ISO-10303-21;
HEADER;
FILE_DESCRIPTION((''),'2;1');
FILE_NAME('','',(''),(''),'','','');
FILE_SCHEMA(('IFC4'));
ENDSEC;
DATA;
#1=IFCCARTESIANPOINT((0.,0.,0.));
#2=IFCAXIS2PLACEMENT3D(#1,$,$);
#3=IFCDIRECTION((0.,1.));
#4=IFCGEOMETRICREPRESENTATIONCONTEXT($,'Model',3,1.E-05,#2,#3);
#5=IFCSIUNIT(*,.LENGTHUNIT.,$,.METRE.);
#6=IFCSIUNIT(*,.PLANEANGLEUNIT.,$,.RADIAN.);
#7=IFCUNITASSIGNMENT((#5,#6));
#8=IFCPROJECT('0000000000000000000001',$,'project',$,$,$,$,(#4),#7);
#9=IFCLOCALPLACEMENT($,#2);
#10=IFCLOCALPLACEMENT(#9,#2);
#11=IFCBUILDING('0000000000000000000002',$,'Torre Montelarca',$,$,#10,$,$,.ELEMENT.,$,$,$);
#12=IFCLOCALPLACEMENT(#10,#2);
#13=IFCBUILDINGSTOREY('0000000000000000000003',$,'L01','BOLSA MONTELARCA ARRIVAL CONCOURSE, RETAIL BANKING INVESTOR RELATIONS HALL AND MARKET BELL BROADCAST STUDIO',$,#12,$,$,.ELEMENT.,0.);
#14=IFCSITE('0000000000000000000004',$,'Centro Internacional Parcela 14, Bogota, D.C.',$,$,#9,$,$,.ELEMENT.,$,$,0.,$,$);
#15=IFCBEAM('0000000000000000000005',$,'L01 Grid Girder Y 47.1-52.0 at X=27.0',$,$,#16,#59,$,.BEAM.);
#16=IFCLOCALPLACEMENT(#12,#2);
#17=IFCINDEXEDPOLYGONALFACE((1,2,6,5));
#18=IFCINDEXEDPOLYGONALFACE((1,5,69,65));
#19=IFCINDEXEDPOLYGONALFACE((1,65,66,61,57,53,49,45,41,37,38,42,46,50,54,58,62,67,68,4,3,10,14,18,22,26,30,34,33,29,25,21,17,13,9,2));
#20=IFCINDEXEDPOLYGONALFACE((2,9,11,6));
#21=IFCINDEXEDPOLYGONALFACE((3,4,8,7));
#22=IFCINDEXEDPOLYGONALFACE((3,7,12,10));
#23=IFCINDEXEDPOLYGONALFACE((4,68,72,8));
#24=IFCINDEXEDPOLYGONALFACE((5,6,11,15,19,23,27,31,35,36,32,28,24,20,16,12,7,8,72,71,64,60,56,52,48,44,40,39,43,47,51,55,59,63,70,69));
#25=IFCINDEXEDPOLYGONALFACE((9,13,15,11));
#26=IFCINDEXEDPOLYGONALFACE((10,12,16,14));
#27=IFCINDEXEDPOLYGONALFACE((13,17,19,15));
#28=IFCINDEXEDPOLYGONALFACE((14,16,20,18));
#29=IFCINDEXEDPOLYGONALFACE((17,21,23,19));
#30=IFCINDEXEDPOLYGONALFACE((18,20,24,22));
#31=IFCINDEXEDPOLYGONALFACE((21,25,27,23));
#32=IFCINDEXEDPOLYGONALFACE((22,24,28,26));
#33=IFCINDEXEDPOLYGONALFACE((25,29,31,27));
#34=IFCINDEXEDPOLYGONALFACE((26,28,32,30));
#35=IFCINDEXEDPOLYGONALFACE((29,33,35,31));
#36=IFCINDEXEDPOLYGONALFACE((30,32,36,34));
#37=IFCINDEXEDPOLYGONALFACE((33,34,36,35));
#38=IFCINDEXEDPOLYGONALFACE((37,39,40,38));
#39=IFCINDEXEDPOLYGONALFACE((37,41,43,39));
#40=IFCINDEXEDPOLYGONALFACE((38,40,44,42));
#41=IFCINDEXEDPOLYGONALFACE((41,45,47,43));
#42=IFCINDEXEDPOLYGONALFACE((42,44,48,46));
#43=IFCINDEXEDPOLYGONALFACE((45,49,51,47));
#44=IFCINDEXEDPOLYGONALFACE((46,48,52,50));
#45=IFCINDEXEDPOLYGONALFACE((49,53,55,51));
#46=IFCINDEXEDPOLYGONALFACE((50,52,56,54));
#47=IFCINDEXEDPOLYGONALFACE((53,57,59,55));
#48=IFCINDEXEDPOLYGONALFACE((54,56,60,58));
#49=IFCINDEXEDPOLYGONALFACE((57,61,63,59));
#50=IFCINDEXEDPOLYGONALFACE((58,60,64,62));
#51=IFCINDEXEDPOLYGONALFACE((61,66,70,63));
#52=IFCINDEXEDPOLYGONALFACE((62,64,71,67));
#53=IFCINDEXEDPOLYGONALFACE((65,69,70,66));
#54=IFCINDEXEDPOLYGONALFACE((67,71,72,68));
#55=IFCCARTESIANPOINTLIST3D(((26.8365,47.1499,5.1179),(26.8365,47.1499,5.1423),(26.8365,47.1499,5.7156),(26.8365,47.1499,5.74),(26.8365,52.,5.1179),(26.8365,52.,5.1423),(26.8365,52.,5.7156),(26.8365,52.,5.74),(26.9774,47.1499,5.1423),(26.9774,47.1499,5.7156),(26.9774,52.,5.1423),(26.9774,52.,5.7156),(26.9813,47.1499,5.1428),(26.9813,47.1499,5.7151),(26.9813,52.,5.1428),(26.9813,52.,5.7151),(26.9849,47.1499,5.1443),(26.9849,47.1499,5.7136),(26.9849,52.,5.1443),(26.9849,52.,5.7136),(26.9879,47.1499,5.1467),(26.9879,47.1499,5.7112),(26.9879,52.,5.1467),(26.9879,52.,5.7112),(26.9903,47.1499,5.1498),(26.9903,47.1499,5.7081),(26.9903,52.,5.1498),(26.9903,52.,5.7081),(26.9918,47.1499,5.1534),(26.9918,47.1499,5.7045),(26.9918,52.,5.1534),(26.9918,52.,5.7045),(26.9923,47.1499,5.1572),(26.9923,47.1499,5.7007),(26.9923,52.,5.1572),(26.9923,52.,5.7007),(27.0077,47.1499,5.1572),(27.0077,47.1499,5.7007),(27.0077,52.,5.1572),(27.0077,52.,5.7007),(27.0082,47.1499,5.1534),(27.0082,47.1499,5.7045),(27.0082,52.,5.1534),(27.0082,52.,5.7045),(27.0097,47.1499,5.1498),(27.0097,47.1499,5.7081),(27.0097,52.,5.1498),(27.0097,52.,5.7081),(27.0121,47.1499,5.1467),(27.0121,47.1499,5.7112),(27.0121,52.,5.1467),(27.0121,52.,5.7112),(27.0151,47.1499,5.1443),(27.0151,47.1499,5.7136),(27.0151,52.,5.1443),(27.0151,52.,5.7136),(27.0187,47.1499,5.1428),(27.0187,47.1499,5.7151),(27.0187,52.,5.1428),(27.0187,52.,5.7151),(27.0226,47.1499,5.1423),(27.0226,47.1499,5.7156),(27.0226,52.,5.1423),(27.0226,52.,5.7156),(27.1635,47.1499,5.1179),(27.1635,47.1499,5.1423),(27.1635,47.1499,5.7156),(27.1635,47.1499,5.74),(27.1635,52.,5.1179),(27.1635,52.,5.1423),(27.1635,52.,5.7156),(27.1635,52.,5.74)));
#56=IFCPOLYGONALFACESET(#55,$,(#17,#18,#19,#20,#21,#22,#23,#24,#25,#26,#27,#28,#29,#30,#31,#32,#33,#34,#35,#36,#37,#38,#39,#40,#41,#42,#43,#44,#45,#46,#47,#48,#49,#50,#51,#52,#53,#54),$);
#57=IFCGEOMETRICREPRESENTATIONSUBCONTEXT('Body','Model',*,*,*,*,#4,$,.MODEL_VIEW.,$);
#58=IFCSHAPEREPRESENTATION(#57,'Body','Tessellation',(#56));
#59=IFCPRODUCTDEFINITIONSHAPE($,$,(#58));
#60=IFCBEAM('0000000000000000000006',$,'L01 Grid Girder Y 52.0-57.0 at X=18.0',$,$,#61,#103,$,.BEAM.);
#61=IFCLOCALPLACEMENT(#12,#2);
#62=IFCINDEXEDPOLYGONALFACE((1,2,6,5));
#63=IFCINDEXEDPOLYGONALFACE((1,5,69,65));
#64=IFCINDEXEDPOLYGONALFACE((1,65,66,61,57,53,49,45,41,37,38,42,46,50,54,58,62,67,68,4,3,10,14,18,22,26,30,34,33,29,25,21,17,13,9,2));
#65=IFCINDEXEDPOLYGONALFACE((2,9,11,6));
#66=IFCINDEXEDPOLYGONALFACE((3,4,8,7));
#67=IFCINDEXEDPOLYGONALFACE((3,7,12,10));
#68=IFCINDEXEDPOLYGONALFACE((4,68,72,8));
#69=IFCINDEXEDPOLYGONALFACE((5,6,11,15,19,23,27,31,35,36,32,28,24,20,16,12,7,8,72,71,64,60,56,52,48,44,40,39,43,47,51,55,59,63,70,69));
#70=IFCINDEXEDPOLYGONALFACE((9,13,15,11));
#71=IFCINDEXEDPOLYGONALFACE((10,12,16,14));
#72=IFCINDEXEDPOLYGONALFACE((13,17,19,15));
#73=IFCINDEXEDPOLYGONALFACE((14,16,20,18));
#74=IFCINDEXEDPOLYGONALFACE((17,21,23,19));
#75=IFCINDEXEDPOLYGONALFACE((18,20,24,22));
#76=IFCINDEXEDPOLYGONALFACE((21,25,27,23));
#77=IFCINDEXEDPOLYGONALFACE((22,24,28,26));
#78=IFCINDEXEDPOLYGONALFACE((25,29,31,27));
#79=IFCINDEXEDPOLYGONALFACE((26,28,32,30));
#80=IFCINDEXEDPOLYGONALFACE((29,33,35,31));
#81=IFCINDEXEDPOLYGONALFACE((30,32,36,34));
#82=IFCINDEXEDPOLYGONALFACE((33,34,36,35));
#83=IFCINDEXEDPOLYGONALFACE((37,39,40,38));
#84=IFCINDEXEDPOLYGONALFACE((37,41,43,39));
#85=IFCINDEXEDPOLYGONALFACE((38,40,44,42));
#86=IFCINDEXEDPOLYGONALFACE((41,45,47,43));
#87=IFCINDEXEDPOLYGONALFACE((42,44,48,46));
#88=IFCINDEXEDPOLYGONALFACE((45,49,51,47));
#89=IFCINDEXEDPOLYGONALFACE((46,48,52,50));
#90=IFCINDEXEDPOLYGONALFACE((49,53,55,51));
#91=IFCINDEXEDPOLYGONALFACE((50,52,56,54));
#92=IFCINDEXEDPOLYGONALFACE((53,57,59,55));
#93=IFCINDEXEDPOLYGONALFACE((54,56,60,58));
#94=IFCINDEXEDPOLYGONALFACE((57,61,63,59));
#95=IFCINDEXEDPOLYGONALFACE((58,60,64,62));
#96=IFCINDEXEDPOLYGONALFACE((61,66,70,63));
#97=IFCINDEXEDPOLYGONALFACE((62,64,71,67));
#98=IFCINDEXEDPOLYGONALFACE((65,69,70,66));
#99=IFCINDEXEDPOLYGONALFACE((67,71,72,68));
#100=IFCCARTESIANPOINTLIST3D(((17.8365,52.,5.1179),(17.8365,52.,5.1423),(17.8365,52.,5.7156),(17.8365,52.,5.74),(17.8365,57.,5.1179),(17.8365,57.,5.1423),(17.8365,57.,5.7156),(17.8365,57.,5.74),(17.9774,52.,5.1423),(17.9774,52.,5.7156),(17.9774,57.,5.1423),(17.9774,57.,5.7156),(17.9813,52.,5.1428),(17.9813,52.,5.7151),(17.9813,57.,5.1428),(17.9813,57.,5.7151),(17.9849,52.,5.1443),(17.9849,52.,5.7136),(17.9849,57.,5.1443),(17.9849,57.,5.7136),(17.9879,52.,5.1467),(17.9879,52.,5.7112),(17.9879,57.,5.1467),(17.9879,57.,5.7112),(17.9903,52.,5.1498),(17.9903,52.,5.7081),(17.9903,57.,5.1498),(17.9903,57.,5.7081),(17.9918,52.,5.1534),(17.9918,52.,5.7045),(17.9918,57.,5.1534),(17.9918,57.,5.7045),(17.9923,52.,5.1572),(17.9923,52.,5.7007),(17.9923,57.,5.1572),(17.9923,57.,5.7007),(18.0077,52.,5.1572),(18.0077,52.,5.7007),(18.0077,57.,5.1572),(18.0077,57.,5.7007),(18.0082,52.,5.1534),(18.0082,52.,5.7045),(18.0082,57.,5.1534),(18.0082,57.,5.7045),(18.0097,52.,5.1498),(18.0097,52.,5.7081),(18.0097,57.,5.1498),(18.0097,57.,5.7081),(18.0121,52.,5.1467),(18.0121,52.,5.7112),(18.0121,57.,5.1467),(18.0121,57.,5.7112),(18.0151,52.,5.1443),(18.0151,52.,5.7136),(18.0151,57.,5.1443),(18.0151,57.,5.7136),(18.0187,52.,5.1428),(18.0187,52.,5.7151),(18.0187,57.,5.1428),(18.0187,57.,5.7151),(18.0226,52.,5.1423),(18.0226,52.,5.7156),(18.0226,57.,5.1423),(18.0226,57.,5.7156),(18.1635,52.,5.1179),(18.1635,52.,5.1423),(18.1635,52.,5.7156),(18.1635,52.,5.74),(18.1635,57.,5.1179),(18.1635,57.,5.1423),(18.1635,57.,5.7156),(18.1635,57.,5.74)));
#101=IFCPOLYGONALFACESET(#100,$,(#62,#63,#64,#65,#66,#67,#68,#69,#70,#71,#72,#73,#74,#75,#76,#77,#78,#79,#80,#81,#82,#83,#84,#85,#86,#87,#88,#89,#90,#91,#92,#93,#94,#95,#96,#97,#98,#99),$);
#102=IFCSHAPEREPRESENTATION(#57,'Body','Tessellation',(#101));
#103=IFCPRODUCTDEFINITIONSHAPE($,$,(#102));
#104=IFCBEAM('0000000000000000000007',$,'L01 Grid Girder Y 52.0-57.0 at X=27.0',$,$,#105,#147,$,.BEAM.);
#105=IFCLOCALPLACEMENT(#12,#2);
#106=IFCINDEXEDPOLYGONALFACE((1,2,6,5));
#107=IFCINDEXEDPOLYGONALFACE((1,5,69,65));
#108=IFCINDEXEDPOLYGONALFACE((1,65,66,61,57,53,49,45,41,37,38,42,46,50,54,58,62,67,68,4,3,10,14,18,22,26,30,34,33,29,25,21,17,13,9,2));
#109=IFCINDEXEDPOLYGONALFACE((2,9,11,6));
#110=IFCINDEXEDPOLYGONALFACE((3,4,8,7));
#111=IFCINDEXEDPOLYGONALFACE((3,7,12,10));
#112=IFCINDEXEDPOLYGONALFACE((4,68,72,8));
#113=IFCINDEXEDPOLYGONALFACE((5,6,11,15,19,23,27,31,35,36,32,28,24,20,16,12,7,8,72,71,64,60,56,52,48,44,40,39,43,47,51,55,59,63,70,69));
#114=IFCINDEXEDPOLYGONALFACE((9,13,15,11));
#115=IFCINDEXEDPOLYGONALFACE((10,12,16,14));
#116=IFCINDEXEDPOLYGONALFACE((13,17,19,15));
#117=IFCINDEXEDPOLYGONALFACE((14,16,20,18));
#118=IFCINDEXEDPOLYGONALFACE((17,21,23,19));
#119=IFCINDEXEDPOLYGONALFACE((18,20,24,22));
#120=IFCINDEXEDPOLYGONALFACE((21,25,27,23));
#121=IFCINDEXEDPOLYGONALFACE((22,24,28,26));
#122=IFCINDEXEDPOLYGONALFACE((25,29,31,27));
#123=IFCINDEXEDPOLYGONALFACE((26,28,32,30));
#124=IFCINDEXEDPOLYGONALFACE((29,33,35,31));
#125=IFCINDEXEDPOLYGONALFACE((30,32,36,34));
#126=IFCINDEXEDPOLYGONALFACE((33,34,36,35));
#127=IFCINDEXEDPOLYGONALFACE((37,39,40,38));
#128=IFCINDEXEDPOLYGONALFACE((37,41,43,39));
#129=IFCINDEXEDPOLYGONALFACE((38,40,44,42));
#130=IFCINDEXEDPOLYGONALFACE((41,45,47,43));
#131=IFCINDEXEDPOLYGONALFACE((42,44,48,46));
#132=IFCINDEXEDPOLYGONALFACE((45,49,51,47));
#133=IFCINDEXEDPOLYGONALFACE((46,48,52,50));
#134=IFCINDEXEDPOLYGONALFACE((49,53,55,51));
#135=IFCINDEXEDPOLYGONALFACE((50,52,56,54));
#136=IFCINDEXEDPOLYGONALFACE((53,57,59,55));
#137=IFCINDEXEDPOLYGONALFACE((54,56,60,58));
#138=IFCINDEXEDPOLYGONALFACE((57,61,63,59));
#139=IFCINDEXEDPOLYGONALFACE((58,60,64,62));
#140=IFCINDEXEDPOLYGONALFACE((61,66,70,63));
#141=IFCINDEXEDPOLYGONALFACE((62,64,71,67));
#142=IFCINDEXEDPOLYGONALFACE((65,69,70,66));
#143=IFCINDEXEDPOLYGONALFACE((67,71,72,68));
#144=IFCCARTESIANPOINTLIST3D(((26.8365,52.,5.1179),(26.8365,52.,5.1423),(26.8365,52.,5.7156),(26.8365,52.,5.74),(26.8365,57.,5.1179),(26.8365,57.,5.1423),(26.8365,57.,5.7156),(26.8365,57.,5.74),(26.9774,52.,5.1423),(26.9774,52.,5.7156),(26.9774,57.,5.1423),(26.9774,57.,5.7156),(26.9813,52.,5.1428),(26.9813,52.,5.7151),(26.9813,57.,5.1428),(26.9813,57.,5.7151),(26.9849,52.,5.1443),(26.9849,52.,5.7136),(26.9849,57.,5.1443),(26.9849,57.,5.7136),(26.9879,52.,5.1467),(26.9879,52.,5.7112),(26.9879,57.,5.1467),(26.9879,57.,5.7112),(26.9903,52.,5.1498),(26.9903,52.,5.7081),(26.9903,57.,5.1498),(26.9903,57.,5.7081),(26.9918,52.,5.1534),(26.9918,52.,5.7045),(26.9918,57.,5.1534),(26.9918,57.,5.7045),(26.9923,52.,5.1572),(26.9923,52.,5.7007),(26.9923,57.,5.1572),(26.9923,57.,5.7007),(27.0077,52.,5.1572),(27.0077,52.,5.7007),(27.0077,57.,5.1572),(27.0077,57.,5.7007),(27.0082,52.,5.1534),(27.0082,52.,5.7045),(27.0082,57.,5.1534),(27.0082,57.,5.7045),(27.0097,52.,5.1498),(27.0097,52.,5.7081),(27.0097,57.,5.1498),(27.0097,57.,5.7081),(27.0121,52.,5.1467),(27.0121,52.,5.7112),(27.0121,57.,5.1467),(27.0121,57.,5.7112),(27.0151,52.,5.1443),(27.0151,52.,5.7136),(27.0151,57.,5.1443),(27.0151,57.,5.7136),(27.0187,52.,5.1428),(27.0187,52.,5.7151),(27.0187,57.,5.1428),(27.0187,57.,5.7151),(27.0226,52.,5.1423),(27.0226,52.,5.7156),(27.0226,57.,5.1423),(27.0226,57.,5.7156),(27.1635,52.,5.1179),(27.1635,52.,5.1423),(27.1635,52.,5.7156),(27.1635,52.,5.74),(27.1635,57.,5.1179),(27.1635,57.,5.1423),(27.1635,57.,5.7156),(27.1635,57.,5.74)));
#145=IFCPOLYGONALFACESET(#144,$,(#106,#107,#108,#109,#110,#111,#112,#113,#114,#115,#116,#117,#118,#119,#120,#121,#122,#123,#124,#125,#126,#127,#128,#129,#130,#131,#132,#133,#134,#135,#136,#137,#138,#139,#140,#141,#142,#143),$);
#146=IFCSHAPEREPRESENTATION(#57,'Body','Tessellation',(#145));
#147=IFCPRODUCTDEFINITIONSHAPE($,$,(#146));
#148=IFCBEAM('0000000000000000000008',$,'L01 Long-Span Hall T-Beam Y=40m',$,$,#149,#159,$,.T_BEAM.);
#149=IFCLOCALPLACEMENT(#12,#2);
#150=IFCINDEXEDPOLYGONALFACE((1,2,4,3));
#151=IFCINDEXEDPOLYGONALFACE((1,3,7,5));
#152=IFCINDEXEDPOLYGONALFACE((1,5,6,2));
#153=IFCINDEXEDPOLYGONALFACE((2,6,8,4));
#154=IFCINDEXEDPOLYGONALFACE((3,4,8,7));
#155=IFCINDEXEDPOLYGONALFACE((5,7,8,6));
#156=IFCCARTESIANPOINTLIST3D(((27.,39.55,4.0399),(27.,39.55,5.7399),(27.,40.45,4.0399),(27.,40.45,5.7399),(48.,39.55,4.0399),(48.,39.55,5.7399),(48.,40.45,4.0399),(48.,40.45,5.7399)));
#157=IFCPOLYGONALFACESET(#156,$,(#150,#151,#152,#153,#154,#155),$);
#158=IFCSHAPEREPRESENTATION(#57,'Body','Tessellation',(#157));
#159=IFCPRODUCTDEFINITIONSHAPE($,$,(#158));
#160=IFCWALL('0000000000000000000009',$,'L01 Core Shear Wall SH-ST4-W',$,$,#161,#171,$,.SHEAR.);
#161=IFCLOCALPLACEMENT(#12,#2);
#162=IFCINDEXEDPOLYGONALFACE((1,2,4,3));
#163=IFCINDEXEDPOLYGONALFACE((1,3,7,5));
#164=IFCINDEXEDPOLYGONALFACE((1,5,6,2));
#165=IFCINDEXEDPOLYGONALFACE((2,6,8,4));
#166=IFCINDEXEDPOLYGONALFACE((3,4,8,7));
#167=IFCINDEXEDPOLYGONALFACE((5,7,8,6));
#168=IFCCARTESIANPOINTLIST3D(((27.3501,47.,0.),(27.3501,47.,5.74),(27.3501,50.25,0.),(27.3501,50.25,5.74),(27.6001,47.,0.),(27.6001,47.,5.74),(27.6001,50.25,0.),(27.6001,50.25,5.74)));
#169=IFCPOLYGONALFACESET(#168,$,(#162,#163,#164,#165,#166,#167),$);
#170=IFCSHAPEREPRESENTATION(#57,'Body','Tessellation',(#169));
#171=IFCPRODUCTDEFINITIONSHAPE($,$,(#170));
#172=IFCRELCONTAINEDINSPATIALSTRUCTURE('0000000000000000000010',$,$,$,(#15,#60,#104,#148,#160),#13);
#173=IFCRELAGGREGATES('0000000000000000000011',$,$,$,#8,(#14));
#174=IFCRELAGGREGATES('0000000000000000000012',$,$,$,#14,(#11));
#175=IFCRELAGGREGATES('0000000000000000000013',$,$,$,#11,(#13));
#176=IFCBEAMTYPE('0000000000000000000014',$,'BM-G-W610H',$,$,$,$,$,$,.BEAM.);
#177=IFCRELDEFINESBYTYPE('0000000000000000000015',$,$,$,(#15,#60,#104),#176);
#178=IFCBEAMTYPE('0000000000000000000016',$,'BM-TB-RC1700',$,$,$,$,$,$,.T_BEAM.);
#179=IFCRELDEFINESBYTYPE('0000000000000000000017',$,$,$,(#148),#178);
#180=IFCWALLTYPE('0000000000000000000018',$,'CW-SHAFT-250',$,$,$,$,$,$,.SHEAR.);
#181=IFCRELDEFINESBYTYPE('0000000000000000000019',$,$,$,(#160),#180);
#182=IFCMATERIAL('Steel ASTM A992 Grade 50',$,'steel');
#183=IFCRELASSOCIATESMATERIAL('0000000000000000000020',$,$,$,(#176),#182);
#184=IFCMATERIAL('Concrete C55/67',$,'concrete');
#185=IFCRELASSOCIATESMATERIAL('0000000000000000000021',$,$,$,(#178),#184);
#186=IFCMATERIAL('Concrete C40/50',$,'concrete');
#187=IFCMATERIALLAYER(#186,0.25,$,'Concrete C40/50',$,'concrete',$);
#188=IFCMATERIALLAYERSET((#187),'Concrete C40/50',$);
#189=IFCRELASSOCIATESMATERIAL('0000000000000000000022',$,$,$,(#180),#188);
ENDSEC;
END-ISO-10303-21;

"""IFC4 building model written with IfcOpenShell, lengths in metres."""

from ifc_helpers import new_model, si_unit, direction, frame, frame_2d, origin, origin_2d, place, context, subcontext, project, spatial, rectangle, i_section, extrude, source, transform, mapped, material, layer, layer_set, material_profile, profile_set, type_object, element, save


model = new_model("IFC4")

# Units and contexts
model_context = context("Model", 3, precision=1e-05, world=origin(), true_north=direction((0.0, 1.0)))
body_context = subcontext(model_context, "Body", "Model", "MODEL_VIEW")
ifc_project = project(units=[si_unit("LENGTHUNIT", "METRE"), si_unit("PLANEANGLEUNIT", "RADIAN")], contexts=[model_context])

# Site, building, storey
site_placement = place(None, origin())
site = spatial("IfcSite", under=ifc_project, at=site_placement, Name="Centro Internacional Parcela 14, Bogota, D.C.", CompositionType="ELEMENT", RefElevation=0.0)
building_placement = place(site_placement, origin())
building = spatial("IfcBuilding", under=site, at=building_placement, Name="Torre Montelarca", CompositionType="ELEMENT")
storey_placement = place(building_placement, origin())
storey = spatial("IfcBuildingStorey", under=building, at=storey_placement, Name="L01", Description="BOLSA MONTELARCA ARRIVAL CONCOURSE, RETAIL BANKING INVESTOR RELATIONS HALL AND MARKET BELL BROADCAST STUDIO", CompositionType="ELEMENT", Elevation=0.0)

# Beams
ifc_material_1 = material(Name="Concrete C55/67", Category="concrete")
ifc_material_2 = material(Name="Steel ASTM A992 Grade 50", Category="steel")
ifc_material_profile_1 = material_profile(ifc_material_2, i_section(OverallWidth=0.3269, OverallDepth=0.6221, WebThickness=0.0154, FlangeThickness=0.0244, FilletRadius=0.0149, at=origin_2d()), Name="W610X195", Category="steel")
ifc_profile_set_1 = profile_set([ifc_material_profile_1], Name="Steel ASTM A992 Grade 50")
beam_type_1 = type_object("IfcBeamType", Name="BM-G-W610H", PredefinedType="BEAM", material=ifc_profile_set_1)
shared_shape_1 = source(origin(), body_context, "Body", "SweptSolid", [
    extrude(i_section(OverallWidth=0.3269, OverallDepth=0.6221, WebThickness=0.0154, FlangeThickness=0.0244, FilletRadius=0.0149, at=origin_2d()), origin(), (0.0, 0.0, 1.0), 4.8501),
])
for number, where, z_axis, x_axis, name in (
    (1, (27.0, 47.1499, 5.429), (0.0, 1.0, 0.0), (-1.0, 0.0, 0.0), "L01 Grid Girder Y 47.1-52.0 at X=27.0"),
):
    element("IfcBeam", number, at=place(storey_placement, frame(where, z_axis=z_axis, x_axis=x_axis)), inside=storey, type_object=beam_type_1, Name=name, PredefinedType="BEAM", context=body_context, shape_type="MappedRepresentation", body=[
        mapped(shared_shape_1, transform((0.0, 0.0, 0.0), scale=1.0)),
    ])
shared_shape_2 = source(origin(), body_context, "Body", "SweptSolid", [
    extrude(i_section(OverallWidth=0.3269, OverallDepth=0.6221, WebThickness=0.0154, FlangeThickness=0.0244, FilletRadius=0.0149, at=origin_2d()), origin(), (0.0, 0.0, 1.0), 5.0),
])
for number, where, z_axis, x_axis, name in (
    (2, (18.0, 52.0, 5.429), (0.0, 1.0, 0.0), (-1.0, 0.0, 0.0), "L01 Grid Girder Y 52.0-57.0 at X=18.0"),
    (3, (27.0, 52.0, 5.429), (0.0, 1.0, 0.0), (-1.0, 0.0, 0.0), "L01 Grid Girder Y 52.0-57.0 at X=27.0"),
):
    element("IfcBeam", number, at=place(storey_placement, frame(where, z_axis=z_axis, x_axis=x_axis)), inside=storey, type_object=beam_type_1, Name=name, PredefinedType="BEAM", context=body_context, shape_type="MappedRepresentation", body=[
        mapped(shared_shape_2, transform((0.0, 0.0, 0.0), scale=1.0)),
    ])
ifc_material_profile_2 = material_profile(ifc_material_1, rectangle(XDim=0.8999, YDim=1.7, at=origin_2d()), Name="RCB900X1700", Category="concrete")
ifc_profile_set_2 = profile_set([ifc_material_profile_2], Name="Concrete C55/67")
beam_type_2 = type_object("IfcBeamType", Name="BM-TB-RC1700", PredefinedType="T_BEAM", material=ifc_profile_set_2)
shared_shape_3 = source(origin(), body_context, "Body", "SweptSolid", [
    extrude(rectangle(XDim=0.8999, YDim=1.7, at=origin_2d()), origin(), (0.0, 0.0, 1.0), 21.0),
])
beam_1_placement = place(storey_placement, frame((27.0, 40.0, 4.8899), z_axis=(1.0, 0.0, 0.0), x_axis=(0.0, 1.0, 0.0)))
element("IfcBeam", 4, at=beam_1_placement, inside=storey, type_object=beam_type_2, Name="L01 Long-Span Hall T-Beam Y=40m", PredefinedType="T_BEAM", context=body_context, shape_type="MappedRepresentation", body=[
    mapped(shared_shape_3, transform((0.0, 0.0, 0.0), scale=1.0)),
])

# Wall
ifc_material_3 = material(Name="Concrete C40/50", Category="concrete")
ifc_layer_1 = layer(ifc_material_3, 0.25, Name="Concrete C40/50", Category="concrete")
ifc_layer_set_1 = layer_set([ifc_layer_1], Name="Concrete C40/50")
wall_type_1 = type_object("IfcWallType", Name="CW-SHAFT-250", PredefinedType="SHEAR", material=ifc_layer_set_1)
wall_1_placement = place(storey_placement, frame((27.4751, 47.0, 0.0), z_axis=(0.0, 0.0, 1.0), x_axis=(0.0, 1.0, 0.0)))
element("IfcWall", 5, at=wall_1_placement, inside=storey, type_object=wall_type_1, Name="L01 Core Shear Wall SH-ST4-W", PredefinedType="SHEAR", context=body_context, shape_type="SweptSolid", body=[
    extrude(rectangle(XDim=3.25, YDim=0.25, at=frame_2d((1.625, 0.0))), origin(), (0.0, 0.0, 1.0), 5.74),
])

save(model, "model.ifc")
